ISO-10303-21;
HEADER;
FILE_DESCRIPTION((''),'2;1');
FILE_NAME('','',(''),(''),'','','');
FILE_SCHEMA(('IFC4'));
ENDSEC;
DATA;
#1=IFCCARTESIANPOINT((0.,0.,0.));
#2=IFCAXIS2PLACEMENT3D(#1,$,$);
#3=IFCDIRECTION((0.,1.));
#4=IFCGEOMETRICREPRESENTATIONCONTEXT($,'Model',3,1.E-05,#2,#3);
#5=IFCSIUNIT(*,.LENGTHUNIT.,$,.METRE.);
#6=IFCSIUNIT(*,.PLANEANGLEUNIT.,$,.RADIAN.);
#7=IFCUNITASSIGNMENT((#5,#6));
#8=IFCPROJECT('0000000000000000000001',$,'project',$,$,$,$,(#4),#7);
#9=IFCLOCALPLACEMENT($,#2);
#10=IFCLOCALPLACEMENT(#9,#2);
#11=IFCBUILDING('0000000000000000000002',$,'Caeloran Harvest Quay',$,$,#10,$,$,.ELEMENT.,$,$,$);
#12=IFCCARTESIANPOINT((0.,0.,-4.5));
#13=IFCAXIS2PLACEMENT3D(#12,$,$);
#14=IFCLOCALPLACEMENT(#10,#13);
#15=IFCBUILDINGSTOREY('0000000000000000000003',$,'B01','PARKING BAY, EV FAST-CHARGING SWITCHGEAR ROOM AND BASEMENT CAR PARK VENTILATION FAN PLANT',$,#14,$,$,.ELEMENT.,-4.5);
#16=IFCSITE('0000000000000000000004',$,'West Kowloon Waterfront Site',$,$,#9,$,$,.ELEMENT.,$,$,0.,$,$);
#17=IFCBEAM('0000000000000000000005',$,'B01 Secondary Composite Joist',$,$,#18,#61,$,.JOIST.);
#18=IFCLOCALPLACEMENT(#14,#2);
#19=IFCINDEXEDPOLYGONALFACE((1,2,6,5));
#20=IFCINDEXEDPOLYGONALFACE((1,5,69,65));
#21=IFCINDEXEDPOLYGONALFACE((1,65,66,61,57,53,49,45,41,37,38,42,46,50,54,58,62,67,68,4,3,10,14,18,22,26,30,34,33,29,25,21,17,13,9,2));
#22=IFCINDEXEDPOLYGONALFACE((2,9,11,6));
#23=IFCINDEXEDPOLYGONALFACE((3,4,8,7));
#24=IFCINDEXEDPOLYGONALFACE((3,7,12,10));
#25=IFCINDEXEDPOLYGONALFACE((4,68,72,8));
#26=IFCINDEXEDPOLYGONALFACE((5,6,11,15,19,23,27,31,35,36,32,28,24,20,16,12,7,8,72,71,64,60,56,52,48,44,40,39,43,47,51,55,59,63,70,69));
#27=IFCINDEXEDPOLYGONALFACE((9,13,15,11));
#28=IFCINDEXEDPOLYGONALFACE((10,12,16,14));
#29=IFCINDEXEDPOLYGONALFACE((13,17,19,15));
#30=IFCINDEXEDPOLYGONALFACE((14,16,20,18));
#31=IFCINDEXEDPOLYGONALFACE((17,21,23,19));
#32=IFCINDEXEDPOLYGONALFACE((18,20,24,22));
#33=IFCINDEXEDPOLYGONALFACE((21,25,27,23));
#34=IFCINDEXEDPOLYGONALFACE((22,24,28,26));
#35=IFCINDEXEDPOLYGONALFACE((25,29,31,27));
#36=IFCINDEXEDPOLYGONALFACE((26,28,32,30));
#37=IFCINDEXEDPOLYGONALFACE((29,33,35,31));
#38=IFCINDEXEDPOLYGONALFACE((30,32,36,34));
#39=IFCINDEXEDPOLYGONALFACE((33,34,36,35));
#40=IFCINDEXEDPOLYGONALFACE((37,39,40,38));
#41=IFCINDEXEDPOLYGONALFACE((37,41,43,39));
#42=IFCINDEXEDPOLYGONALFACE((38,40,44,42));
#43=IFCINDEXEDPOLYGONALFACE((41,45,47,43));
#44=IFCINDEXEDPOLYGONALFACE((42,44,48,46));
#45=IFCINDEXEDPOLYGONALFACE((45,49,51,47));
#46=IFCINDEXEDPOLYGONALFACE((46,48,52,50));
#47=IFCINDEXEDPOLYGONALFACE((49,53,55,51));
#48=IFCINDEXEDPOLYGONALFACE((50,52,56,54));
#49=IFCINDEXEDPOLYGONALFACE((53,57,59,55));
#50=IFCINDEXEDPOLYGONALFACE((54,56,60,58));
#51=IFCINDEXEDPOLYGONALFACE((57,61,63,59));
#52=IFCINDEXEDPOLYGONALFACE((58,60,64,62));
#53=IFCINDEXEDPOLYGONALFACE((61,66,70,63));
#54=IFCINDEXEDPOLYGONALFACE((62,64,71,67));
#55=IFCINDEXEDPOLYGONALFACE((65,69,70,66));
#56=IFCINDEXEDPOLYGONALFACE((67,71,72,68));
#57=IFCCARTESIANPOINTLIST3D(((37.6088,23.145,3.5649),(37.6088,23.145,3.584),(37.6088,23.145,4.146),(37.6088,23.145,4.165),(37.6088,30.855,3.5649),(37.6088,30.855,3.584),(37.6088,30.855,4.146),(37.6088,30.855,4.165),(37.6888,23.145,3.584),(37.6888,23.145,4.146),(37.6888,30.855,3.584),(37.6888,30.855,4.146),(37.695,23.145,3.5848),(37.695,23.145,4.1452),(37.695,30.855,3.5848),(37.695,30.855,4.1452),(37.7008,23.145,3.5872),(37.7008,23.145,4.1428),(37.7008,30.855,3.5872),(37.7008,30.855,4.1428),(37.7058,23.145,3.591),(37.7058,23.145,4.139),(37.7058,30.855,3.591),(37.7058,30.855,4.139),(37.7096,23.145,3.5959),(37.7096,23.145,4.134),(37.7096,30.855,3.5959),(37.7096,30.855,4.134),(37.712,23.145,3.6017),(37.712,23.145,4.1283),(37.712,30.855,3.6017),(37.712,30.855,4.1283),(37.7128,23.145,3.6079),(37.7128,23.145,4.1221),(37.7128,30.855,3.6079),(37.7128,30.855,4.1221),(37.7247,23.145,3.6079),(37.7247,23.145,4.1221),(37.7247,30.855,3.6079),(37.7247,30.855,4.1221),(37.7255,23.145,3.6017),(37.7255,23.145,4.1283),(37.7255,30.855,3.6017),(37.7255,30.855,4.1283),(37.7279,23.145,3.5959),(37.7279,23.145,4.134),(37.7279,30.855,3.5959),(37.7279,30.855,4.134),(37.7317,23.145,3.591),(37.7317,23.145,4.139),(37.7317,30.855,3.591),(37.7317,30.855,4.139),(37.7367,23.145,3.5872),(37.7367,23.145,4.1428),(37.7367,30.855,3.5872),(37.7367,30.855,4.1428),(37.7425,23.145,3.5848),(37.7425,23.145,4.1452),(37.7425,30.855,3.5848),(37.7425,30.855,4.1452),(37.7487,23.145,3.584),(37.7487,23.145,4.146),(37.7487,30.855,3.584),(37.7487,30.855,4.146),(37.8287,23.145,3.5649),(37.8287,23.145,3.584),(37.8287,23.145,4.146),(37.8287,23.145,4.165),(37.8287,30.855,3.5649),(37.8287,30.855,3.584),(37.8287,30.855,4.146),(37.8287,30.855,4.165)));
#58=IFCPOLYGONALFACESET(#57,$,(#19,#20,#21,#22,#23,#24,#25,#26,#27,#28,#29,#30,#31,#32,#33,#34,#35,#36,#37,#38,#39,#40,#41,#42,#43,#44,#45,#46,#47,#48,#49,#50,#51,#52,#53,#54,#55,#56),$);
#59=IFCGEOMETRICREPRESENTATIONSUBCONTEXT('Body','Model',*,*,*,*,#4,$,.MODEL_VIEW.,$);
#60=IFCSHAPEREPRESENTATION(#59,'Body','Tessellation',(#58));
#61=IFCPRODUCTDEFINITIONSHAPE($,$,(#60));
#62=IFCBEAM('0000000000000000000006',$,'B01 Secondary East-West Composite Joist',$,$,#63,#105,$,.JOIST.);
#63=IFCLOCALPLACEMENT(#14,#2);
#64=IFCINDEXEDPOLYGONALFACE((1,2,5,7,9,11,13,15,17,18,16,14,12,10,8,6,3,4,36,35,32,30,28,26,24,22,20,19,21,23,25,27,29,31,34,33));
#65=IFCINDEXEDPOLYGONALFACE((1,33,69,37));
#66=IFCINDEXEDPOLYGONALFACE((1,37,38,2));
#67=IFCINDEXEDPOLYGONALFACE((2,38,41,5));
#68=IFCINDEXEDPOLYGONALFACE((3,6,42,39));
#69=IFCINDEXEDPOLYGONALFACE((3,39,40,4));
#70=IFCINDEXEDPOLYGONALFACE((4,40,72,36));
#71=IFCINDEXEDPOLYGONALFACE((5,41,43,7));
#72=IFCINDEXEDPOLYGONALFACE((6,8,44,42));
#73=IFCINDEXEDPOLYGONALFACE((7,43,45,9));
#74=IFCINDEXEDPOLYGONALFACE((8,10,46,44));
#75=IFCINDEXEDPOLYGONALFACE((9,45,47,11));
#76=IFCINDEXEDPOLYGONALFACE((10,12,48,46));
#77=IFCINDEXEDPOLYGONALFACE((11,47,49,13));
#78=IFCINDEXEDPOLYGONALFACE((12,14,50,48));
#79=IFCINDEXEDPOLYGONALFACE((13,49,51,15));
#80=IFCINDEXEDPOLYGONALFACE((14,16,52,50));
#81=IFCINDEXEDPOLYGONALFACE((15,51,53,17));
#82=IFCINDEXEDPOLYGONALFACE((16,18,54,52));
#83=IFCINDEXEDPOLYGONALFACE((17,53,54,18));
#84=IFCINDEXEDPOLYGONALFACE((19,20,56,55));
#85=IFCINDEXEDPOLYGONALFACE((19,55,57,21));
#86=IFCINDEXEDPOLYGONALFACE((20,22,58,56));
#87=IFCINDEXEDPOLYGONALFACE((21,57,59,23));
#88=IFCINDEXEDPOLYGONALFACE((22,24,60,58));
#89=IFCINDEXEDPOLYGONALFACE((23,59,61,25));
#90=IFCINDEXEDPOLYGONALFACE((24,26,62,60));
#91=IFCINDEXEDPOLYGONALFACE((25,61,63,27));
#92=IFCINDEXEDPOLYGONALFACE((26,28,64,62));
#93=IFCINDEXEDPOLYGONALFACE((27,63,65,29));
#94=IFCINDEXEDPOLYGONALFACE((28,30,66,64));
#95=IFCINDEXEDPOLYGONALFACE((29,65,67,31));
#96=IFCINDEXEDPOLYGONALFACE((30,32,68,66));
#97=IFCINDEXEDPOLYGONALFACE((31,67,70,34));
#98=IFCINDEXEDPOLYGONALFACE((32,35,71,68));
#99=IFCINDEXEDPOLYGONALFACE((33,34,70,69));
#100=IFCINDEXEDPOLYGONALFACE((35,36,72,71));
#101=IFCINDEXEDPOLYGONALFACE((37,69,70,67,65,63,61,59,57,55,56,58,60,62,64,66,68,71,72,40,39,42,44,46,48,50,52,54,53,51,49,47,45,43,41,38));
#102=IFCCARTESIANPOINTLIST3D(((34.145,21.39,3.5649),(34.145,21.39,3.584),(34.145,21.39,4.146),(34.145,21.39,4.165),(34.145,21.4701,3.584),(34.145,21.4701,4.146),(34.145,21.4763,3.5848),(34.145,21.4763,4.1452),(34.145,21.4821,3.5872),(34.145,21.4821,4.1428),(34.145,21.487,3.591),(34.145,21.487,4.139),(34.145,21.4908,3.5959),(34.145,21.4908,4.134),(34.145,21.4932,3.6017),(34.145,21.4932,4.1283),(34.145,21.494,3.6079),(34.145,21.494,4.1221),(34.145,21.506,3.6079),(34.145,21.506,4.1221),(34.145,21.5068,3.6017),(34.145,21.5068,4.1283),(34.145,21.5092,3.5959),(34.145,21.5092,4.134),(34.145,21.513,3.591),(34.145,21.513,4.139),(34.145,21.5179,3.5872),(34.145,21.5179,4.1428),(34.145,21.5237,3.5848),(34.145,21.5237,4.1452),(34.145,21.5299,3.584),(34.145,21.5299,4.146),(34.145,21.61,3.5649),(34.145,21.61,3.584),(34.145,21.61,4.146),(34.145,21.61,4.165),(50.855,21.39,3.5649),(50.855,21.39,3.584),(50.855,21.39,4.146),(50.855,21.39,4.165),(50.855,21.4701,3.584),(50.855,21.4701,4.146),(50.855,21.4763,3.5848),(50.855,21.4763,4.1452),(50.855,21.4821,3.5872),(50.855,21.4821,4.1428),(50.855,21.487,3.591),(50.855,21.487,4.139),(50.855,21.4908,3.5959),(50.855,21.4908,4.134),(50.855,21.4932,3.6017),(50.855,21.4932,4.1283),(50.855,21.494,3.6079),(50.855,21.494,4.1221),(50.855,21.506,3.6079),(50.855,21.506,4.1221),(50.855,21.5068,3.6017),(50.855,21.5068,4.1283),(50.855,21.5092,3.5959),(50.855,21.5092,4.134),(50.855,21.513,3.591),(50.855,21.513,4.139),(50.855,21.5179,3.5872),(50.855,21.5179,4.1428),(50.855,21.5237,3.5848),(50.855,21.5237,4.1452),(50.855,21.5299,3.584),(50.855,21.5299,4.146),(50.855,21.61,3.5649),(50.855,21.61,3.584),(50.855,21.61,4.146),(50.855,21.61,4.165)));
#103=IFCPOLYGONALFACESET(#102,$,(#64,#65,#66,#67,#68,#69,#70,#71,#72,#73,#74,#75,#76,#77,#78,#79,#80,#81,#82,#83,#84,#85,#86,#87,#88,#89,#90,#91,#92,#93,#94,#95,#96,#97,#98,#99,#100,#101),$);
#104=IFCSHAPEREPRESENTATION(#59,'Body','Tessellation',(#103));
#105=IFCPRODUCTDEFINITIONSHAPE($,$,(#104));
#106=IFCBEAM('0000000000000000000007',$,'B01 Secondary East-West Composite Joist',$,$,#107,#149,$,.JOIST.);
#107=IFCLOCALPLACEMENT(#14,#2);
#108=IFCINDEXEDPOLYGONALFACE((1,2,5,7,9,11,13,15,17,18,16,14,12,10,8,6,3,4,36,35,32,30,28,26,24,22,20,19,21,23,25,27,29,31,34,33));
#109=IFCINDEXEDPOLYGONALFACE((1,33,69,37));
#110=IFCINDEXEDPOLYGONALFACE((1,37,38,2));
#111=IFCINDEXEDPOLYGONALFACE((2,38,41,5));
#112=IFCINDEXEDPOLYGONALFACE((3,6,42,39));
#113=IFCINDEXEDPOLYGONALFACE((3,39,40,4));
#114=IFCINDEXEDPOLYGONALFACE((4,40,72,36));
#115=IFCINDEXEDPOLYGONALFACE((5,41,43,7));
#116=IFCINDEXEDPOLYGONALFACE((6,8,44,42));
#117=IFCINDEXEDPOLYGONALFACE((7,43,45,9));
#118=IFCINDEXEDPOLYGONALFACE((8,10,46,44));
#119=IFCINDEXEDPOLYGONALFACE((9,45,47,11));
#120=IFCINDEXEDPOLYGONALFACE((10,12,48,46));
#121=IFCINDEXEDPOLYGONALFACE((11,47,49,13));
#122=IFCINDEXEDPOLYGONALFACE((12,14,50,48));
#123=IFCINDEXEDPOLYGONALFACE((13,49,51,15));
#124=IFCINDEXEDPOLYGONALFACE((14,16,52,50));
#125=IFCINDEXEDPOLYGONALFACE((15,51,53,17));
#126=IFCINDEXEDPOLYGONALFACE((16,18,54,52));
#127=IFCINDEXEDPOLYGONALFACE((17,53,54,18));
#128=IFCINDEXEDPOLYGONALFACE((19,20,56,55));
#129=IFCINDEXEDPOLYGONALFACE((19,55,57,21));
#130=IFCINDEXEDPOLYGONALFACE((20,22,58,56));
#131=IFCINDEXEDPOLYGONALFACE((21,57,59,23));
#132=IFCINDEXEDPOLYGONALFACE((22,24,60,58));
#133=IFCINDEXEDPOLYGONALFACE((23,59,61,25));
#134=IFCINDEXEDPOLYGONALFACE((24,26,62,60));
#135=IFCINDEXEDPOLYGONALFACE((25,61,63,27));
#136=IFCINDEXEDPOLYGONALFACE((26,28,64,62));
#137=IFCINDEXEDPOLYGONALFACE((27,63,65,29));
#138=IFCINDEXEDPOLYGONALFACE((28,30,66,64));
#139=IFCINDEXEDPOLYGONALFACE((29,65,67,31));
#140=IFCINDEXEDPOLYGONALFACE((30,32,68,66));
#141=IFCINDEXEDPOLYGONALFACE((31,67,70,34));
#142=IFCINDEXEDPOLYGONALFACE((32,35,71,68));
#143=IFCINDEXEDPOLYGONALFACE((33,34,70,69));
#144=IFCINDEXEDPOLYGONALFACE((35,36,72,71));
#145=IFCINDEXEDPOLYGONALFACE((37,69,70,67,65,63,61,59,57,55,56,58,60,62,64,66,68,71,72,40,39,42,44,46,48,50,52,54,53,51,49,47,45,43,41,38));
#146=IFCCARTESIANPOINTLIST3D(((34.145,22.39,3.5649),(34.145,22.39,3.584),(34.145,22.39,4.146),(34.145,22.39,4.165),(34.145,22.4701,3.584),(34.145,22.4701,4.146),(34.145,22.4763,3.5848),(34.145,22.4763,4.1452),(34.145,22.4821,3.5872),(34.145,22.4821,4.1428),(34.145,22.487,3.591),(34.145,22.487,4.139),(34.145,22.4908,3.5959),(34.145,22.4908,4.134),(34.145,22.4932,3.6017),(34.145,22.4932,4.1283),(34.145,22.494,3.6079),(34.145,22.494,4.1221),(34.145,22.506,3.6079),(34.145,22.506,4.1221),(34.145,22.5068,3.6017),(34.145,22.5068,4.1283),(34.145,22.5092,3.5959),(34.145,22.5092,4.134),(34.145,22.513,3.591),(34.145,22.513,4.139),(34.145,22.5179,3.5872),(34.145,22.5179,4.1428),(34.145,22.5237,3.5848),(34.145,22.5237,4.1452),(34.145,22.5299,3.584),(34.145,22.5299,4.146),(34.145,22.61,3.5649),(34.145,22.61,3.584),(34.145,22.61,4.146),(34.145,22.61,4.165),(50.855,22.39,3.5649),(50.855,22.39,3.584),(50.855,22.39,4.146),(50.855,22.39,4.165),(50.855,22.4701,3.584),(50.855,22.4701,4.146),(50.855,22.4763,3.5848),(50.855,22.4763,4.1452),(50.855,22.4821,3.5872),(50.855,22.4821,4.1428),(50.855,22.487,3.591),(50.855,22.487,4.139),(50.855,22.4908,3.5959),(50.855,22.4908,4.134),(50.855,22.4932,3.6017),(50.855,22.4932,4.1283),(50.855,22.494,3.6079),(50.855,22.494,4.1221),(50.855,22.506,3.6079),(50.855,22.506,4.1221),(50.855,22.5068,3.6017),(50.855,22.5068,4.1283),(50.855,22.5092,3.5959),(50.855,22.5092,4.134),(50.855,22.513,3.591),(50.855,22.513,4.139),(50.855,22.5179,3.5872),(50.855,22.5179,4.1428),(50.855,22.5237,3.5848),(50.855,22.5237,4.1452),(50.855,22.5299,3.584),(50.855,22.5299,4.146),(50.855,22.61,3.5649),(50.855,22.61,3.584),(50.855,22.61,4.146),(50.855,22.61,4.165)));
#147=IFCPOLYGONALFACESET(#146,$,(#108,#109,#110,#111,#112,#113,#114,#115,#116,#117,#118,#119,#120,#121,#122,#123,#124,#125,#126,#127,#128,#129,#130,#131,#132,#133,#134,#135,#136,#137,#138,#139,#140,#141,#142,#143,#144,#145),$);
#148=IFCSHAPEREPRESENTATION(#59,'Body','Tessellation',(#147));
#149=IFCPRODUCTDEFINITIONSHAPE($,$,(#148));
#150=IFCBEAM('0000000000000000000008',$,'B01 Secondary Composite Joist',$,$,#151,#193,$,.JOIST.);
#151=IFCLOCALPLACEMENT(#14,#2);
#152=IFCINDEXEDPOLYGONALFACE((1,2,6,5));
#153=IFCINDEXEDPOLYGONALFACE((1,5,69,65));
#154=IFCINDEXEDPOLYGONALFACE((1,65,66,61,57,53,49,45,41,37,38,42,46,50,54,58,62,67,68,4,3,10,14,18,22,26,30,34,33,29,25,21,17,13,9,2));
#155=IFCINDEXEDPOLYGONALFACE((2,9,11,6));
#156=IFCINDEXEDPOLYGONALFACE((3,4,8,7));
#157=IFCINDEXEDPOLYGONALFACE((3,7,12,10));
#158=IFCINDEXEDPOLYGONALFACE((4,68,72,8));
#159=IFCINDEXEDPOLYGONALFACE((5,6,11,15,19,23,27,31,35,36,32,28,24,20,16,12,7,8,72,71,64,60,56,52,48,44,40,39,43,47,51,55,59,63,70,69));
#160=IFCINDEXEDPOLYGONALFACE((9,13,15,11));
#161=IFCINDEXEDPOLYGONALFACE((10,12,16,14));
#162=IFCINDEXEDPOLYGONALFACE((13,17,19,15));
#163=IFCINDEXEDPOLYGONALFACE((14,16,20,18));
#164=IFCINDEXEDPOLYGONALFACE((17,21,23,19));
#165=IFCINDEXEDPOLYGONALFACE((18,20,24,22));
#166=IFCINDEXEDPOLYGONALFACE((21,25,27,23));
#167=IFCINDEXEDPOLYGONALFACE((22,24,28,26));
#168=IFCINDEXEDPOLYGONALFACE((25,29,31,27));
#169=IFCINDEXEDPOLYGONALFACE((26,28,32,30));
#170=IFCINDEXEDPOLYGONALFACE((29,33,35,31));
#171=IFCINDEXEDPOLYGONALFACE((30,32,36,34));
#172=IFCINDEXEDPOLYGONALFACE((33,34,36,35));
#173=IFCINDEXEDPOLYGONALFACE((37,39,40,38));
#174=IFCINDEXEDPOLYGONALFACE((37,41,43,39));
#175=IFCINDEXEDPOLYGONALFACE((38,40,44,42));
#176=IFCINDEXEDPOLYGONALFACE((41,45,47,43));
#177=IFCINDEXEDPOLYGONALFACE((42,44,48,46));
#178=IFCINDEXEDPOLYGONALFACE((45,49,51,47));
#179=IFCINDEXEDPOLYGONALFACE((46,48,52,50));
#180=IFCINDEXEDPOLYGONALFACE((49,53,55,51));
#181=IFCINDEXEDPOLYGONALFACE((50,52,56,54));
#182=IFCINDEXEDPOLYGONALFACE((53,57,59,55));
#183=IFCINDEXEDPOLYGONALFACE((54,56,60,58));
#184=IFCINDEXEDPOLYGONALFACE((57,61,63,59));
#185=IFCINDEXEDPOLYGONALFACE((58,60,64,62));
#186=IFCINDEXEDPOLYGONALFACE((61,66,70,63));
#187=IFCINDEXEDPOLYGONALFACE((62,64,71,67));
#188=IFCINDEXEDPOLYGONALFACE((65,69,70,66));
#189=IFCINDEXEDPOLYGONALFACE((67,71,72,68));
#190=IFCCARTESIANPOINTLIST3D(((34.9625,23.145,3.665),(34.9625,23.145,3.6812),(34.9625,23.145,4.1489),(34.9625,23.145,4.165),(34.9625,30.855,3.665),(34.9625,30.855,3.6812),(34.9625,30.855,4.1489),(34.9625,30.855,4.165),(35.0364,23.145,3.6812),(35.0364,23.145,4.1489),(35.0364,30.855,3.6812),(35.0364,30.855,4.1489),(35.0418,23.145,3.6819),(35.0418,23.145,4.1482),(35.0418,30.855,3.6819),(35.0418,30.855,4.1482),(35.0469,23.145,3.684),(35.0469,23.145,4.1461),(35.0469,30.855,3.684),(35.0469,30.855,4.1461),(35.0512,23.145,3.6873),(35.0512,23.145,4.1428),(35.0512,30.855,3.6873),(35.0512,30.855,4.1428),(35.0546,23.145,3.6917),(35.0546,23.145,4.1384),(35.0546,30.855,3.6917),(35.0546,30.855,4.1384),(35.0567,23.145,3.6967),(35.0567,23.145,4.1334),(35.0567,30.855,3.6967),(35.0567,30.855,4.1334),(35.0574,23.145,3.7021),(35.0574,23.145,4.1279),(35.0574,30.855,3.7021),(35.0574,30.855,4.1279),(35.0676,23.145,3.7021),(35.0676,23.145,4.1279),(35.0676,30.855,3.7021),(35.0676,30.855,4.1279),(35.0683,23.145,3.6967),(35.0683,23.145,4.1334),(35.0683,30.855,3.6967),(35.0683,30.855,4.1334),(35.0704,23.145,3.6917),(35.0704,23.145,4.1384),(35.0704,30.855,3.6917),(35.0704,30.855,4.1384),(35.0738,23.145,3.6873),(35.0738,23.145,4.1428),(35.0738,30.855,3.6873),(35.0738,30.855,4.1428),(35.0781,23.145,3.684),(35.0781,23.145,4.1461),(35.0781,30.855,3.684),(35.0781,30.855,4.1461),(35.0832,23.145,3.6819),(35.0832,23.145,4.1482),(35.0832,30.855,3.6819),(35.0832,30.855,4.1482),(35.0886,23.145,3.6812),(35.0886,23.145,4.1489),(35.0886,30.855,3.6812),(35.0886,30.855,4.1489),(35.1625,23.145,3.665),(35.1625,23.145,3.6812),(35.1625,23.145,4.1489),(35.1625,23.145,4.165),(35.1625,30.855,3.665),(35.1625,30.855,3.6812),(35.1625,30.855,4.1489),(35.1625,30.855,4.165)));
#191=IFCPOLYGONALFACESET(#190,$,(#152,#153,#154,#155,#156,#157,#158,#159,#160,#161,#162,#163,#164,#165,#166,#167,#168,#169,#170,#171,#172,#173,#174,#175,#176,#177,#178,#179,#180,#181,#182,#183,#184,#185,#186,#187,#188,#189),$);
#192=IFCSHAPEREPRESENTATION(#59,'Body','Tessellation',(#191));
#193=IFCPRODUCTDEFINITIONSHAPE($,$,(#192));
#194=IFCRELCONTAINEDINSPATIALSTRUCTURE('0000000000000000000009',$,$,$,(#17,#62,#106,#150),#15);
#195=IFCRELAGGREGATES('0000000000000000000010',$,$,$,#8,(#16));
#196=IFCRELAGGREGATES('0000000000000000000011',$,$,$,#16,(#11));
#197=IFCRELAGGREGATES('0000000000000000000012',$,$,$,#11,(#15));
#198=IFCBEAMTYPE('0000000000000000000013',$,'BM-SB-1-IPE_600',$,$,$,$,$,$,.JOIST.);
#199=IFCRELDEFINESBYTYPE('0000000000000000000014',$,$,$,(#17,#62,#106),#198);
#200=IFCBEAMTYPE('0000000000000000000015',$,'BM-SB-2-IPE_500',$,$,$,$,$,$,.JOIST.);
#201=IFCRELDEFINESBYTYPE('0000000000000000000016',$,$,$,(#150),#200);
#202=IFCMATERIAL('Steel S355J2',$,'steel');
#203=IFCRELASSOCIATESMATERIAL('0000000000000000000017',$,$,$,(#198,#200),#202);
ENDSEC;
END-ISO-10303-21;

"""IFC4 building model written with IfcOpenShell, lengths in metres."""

from ifc_helpers import new_model, si_unit, direction, frame, origin, origin_2d, place, context, subcontext, project, spatial, i_section, extrude, material, material_profile, profile_set, type_object, element, save


model = new_model("IFC4")

# Units and contexts
model_context = context("Model", 3, precision=1e-05, world=origin(), true_north=direction((0.0, 1.0)))
body_context = subcontext(model_context, "Body", "Model", "MODEL_VIEW")
ifc_project = project(units=[si_unit("LENGTHUNIT", "METRE"), si_unit("PLANEANGLEUNIT", "RADIAN")], contexts=[model_context])

# Site, building, storey
site_placement = place(None, origin())
site = spatial("IfcSite", under=ifc_project, at=site_placement, Name="West Kowloon Waterfront Site", CompositionType="ELEMENT", RefElevation=0.0)
building_placement = place(site_placement, origin())
building = spatial("IfcBuilding", under=site, at=building_placement, Name="Caeloran Harvest Quay", CompositionType="ELEMENT")
storey_placement = place(building_placement, frame((0.0, 0.0, -4.5)))
storey = spatial("IfcBuildingStorey", under=building, at=storey_placement, Name="B01", Description="PARKING BAY, EV FAST-CHARGING SWITCHGEAR ROOM AND BASEMENT CAR PARK VENTILATION FAN PLANT", CompositionType="ELEMENT", Elevation=-4.5)

# Beams
ifc_material_1 = material(Name="Steel S355J2", Category="steel")
ifc_material_profile_1 = material_profile(ifc_material_1, i_section(OverallWidth=0.22, OverallDepth=0.6001, WebThickness=0.012, FlangeThickness=0.019, FilletRadius=0.0239, at=origin_2d()), Name="IPE 600")
ifc_profile_set_1 = profile_set([ifc_material_profile_1], Name="Steel S355J2")
beam_type_1 = type_object("IfcBeamType", Name="BM-SB-1-IPE_600", PredefinedType="JOIST", material=ifc_profile_set_1)
for number, where, z_axis, x_axis, name in (
    (1, (37.7188, 23.145, 3.865), (0.0, 1.0, 0.0), (-1.0, 0.0, 0.0), "B01 Secondary Composite Joist"),
):
    element("IfcBeam", number, at=place(storey_placement, frame(where, z_axis=z_axis, x_axis=x_axis)), inside=storey, type_object=beam_type_1, Name=name, PredefinedType="JOIST", context=body_context, shape_type="SweptSolid", body=[
        extrude(i_section(OverallWidth=0.22, OverallDepth=0.6001, WebThickness=0.012, FlangeThickness=0.019, FilletRadius=0.0239, at=origin_2d()), origin(), (0.0, 0.0, 1.0), 7.71),
    ])
for number, where, z_axis, x_axis, name in (
    (2, (34.145, 21.5, 3.865), (1.0, 0.0, 0.0), (0.0, 1.0, 0.0), "B01 Secondary East-West Composite Joist"),
    (3, (34.145, 22.5, 3.865), (1.0, 0.0, 0.0), (0.0, 1.0, 0.0), "B01 Secondary East-West Composite Joist"),
):
    element("IfcBeam", number, at=place(storey_placement, frame(where, z_axis=z_axis, x_axis=x_axis)), inside=storey, type_object=beam_type_1, Name=name, PredefinedType="JOIST", context=body_context, shape_type="SweptSolid", body=[
        extrude(i_section(OverallWidth=0.22, OverallDepth=0.6001, WebThickness=0.012, FlangeThickness=0.019, FilletRadius=0.0239, at=origin_2d()), origin(), (0.0, 0.0, 1.0), 16.71),
    ])
ifc_material_profile_2 = material_profile(ifc_material_1, i_section(OverallWidth=0.2, OverallDepth=0.5, WebThickness=0.0103, FlangeThickness=0.0161, FilletRadius=0.021, at=origin_2d()), Name="IPE 500")
ifc_profile_set_2 = profile_set([ifc_material_profile_2], Name="Steel S355J2")
beam_type_2 = type_object("IfcBeamType", Name="BM-SB-2-IPE_500", PredefinedType="JOIST", material=ifc_profile_set_2)
for number, where, z_axis, x_axis, name in (
    (4, (35.0625, 23.145, 3.915), (0.0, 1.0, 0.0), (-1.0, 0.0, 0.0), "B01 Secondary Composite Joist"),
):
    element("IfcBeam", number, at=place(storey_placement, frame(where, z_axis=z_axis, x_axis=x_axis)), inside=storey, type_object=beam_type_2, Name=name, PredefinedType="JOIST", context=body_context, shape_type="SweptSolid", body=[
        extrude(i_section(OverallWidth=0.2, OverallDepth=0.5, WebThickness=0.0103, FlangeThickness=0.0161, FilletRadius=0.021, at=origin_2d()), origin(), (0.0, 0.0, 1.0), 7.71),
    ])

save(model, "model.ifc")
